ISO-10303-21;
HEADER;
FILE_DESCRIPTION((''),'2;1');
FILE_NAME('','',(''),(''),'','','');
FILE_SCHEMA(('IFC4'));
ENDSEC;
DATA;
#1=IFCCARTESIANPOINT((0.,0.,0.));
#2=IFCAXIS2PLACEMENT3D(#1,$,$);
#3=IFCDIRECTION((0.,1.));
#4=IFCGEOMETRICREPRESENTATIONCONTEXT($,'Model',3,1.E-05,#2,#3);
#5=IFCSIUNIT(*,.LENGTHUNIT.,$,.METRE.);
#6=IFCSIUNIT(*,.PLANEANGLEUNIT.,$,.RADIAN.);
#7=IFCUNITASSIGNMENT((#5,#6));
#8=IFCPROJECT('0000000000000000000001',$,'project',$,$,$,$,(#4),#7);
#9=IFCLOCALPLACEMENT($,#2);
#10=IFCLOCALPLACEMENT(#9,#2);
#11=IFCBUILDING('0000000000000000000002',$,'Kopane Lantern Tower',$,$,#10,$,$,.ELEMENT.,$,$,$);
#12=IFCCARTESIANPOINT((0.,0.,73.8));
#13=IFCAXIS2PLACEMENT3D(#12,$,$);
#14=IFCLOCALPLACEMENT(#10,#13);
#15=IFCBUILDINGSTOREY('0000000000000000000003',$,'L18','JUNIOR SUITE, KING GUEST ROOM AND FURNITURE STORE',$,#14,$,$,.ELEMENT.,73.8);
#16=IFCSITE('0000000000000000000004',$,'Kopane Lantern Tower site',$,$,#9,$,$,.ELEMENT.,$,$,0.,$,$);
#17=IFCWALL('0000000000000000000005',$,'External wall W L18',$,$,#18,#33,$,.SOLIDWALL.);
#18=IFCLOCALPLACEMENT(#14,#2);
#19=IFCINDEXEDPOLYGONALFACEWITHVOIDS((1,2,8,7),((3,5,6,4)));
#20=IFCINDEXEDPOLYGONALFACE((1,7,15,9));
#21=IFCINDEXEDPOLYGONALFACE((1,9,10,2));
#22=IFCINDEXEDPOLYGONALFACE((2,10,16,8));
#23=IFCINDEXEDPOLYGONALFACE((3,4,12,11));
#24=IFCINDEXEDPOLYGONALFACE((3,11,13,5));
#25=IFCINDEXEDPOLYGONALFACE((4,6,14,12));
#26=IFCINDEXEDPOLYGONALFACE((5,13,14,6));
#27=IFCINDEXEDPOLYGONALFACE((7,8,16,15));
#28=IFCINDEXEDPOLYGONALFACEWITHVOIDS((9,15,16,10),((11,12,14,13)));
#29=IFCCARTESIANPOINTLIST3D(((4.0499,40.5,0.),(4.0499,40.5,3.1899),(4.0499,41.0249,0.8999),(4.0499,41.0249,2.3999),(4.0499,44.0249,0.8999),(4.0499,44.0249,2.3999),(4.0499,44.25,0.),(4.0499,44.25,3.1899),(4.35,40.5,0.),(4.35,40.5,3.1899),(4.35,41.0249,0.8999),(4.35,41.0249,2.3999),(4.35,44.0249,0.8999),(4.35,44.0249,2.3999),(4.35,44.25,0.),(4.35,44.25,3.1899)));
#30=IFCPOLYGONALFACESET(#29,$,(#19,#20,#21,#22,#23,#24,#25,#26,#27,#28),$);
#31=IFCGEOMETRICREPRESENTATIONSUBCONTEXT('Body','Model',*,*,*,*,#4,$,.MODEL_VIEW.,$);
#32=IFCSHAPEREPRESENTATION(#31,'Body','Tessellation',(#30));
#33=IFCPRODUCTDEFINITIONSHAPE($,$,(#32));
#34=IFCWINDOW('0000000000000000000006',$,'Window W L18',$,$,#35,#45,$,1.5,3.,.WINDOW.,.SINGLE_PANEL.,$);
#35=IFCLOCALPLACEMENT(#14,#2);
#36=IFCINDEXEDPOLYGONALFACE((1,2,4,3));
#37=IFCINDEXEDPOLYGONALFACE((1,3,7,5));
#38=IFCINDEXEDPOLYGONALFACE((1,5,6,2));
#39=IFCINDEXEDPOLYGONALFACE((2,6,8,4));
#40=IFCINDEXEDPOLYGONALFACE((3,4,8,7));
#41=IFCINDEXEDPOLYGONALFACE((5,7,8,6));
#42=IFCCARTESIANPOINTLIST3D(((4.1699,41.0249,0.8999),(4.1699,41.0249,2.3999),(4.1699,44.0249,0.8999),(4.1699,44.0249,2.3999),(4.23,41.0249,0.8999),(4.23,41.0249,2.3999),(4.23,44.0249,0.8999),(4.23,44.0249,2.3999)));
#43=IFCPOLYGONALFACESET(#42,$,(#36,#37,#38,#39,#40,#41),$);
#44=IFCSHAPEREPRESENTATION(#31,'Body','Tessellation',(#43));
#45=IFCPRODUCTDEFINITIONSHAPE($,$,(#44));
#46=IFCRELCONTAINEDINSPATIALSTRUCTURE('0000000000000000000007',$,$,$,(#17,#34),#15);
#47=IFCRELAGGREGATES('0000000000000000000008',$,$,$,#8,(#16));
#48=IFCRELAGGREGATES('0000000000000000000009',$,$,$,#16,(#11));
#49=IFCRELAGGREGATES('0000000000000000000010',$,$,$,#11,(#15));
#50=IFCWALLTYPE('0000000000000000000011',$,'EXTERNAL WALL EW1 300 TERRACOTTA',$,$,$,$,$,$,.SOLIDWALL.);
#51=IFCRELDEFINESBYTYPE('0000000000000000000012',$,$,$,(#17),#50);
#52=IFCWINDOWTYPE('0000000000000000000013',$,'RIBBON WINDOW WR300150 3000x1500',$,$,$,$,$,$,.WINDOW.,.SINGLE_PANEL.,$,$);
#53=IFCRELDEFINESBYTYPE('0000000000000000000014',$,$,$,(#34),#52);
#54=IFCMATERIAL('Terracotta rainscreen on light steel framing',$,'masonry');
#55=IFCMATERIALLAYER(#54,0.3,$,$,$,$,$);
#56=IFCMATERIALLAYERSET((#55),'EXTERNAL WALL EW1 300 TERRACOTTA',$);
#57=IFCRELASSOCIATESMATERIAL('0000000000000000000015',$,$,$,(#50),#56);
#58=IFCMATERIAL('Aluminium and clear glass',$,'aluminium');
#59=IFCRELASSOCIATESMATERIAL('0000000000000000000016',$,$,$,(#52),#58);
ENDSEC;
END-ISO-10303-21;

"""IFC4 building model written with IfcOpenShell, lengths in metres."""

from ifc_helpers import new_model, si_unit, direction, frame, frame_2d, origin, place, context, subcontext, project, spatial, rectangle, extrude, material, layer, layer_set, type_object, element, fill, save


model = new_model("IFC4")

# Units and contexts
model_context = context("Model", 3, precision=1e-05, world=origin(), true_north=direction((0.0, 1.0)))
body_context = subcontext(model_context, "Body", "Model", "MODEL_VIEW")
ifc_project = project(units=[si_unit("LENGTHUNIT", "METRE"), si_unit("PLANEANGLEUNIT", "RADIAN")], contexts=[model_context])

# Site, building, storey
site_placement = place(None, origin())
site = spatial("IfcSite", under=ifc_project, at=site_placement, Name="Kopane Lantern Tower site", CompositionType="ELEMENT", RefElevation=0.0)
building_placement = place(site_placement, origin())
building = spatial("IfcBuilding", under=site, at=building_placement, Name="Kopane Lantern Tower", CompositionType="ELEMENT")
storey_placement = place(building_placement, frame((0.0, 0.0, 73.8)))
storey = spatial("IfcBuildingStorey", under=building, at=storey_placement, Name="L18", Description="JUNIOR SUITE, KING GUEST ROOM AND FURNITURE STORE", CompositionType="ELEMENT", Elevation=73.8)

# Wall, opening, window
ifc_material_1 = material(Name="Terracotta rainscreen on light steel framing", Category="masonry")
ifc_layer_1 = layer(ifc_material_1, 0.3)
ifc_layer_set_1 = layer_set([ifc_layer_1], Name="EXTERNAL WALL EW1 300 TERRACOTTA")
wall_type_1 = type_object("IfcWallType", Name="EXTERNAL WALL EW1 300 TERRACOTTA", PredefinedType="SOLIDWALL", material=ifc_layer_set_1)
wall_1_placement = place(storey_placement, frame((4.2, 44.25, 0.0), z_axis=(0.0, 0.0, 1.0), x_axis=(0.0, -1.0, 0.0)))
wall_1 = element("IfcWall", 1, at=wall_1_placement, inside=storey, type_object=wall_type_1, Name="External wall W L18", PredefinedType="SOLIDWALL", context=body_context, shape_type="SweptSolid", body=[
    extrude(rectangle(XDim=3.75, YDim=0.3, at=frame_2d((1.875, 0.0))), origin(), (0.0, 0.0, 1.0), 3.1899),
])
opening_placement = place(wall_1_placement, frame((0.2251, 0.0, 0.8999)))
opening = element("IfcOpeningElement", 2, at=opening_placement, cuts=wall_1, PredefinedType="OPENING", context=body_context, shape_type="SweptSolid", body=[
    extrude(rectangle(XDim=3.0, YDim=1.5, at=frame_2d((1.5, 0.75))), frame((0.0, 0.1599, 0.0), z_axis=(0.0, -1.0, 0.0), x_axis=(1.0, 0.0, 0.0)), (0.0, 0.0, 1.0), 0.3201),
])
ifc_material_2 = material(Name="Aluminium and clear glass", Category="aluminium")
window_type = type_object("IfcWindowType", Name="RIBBON WINDOW WR300150 3000x1500", PartitioningType="SINGLE_PANEL", PredefinedType="WINDOW", material=ifc_material_2)
window_placement = place(opening_placement, origin())
window = element("IfcWindow", 3, at=window_placement, inside=storey, type_object=window_type, Name="Window W L18", OverallHeight=1.5, OverallWidth=3.0, PartitioningType="SINGLE_PANEL", PredefinedType="WINDOW", context=body_context, shape_type="SweptSolid", body=[
    extrude(rectangle(XDim=3.0, YDim=1.5, at=frame_2d((1.5, 0.75))), frame((0.0, 0.03, 0.0), z_axis=(0.0, -1.0, 0.0), x_axis=(1.0, 0.0, 0.0)), (0.0, 0.0, 1.0), 0.0601),
])
fill(opening, window)

save(model, "model.ifc")
